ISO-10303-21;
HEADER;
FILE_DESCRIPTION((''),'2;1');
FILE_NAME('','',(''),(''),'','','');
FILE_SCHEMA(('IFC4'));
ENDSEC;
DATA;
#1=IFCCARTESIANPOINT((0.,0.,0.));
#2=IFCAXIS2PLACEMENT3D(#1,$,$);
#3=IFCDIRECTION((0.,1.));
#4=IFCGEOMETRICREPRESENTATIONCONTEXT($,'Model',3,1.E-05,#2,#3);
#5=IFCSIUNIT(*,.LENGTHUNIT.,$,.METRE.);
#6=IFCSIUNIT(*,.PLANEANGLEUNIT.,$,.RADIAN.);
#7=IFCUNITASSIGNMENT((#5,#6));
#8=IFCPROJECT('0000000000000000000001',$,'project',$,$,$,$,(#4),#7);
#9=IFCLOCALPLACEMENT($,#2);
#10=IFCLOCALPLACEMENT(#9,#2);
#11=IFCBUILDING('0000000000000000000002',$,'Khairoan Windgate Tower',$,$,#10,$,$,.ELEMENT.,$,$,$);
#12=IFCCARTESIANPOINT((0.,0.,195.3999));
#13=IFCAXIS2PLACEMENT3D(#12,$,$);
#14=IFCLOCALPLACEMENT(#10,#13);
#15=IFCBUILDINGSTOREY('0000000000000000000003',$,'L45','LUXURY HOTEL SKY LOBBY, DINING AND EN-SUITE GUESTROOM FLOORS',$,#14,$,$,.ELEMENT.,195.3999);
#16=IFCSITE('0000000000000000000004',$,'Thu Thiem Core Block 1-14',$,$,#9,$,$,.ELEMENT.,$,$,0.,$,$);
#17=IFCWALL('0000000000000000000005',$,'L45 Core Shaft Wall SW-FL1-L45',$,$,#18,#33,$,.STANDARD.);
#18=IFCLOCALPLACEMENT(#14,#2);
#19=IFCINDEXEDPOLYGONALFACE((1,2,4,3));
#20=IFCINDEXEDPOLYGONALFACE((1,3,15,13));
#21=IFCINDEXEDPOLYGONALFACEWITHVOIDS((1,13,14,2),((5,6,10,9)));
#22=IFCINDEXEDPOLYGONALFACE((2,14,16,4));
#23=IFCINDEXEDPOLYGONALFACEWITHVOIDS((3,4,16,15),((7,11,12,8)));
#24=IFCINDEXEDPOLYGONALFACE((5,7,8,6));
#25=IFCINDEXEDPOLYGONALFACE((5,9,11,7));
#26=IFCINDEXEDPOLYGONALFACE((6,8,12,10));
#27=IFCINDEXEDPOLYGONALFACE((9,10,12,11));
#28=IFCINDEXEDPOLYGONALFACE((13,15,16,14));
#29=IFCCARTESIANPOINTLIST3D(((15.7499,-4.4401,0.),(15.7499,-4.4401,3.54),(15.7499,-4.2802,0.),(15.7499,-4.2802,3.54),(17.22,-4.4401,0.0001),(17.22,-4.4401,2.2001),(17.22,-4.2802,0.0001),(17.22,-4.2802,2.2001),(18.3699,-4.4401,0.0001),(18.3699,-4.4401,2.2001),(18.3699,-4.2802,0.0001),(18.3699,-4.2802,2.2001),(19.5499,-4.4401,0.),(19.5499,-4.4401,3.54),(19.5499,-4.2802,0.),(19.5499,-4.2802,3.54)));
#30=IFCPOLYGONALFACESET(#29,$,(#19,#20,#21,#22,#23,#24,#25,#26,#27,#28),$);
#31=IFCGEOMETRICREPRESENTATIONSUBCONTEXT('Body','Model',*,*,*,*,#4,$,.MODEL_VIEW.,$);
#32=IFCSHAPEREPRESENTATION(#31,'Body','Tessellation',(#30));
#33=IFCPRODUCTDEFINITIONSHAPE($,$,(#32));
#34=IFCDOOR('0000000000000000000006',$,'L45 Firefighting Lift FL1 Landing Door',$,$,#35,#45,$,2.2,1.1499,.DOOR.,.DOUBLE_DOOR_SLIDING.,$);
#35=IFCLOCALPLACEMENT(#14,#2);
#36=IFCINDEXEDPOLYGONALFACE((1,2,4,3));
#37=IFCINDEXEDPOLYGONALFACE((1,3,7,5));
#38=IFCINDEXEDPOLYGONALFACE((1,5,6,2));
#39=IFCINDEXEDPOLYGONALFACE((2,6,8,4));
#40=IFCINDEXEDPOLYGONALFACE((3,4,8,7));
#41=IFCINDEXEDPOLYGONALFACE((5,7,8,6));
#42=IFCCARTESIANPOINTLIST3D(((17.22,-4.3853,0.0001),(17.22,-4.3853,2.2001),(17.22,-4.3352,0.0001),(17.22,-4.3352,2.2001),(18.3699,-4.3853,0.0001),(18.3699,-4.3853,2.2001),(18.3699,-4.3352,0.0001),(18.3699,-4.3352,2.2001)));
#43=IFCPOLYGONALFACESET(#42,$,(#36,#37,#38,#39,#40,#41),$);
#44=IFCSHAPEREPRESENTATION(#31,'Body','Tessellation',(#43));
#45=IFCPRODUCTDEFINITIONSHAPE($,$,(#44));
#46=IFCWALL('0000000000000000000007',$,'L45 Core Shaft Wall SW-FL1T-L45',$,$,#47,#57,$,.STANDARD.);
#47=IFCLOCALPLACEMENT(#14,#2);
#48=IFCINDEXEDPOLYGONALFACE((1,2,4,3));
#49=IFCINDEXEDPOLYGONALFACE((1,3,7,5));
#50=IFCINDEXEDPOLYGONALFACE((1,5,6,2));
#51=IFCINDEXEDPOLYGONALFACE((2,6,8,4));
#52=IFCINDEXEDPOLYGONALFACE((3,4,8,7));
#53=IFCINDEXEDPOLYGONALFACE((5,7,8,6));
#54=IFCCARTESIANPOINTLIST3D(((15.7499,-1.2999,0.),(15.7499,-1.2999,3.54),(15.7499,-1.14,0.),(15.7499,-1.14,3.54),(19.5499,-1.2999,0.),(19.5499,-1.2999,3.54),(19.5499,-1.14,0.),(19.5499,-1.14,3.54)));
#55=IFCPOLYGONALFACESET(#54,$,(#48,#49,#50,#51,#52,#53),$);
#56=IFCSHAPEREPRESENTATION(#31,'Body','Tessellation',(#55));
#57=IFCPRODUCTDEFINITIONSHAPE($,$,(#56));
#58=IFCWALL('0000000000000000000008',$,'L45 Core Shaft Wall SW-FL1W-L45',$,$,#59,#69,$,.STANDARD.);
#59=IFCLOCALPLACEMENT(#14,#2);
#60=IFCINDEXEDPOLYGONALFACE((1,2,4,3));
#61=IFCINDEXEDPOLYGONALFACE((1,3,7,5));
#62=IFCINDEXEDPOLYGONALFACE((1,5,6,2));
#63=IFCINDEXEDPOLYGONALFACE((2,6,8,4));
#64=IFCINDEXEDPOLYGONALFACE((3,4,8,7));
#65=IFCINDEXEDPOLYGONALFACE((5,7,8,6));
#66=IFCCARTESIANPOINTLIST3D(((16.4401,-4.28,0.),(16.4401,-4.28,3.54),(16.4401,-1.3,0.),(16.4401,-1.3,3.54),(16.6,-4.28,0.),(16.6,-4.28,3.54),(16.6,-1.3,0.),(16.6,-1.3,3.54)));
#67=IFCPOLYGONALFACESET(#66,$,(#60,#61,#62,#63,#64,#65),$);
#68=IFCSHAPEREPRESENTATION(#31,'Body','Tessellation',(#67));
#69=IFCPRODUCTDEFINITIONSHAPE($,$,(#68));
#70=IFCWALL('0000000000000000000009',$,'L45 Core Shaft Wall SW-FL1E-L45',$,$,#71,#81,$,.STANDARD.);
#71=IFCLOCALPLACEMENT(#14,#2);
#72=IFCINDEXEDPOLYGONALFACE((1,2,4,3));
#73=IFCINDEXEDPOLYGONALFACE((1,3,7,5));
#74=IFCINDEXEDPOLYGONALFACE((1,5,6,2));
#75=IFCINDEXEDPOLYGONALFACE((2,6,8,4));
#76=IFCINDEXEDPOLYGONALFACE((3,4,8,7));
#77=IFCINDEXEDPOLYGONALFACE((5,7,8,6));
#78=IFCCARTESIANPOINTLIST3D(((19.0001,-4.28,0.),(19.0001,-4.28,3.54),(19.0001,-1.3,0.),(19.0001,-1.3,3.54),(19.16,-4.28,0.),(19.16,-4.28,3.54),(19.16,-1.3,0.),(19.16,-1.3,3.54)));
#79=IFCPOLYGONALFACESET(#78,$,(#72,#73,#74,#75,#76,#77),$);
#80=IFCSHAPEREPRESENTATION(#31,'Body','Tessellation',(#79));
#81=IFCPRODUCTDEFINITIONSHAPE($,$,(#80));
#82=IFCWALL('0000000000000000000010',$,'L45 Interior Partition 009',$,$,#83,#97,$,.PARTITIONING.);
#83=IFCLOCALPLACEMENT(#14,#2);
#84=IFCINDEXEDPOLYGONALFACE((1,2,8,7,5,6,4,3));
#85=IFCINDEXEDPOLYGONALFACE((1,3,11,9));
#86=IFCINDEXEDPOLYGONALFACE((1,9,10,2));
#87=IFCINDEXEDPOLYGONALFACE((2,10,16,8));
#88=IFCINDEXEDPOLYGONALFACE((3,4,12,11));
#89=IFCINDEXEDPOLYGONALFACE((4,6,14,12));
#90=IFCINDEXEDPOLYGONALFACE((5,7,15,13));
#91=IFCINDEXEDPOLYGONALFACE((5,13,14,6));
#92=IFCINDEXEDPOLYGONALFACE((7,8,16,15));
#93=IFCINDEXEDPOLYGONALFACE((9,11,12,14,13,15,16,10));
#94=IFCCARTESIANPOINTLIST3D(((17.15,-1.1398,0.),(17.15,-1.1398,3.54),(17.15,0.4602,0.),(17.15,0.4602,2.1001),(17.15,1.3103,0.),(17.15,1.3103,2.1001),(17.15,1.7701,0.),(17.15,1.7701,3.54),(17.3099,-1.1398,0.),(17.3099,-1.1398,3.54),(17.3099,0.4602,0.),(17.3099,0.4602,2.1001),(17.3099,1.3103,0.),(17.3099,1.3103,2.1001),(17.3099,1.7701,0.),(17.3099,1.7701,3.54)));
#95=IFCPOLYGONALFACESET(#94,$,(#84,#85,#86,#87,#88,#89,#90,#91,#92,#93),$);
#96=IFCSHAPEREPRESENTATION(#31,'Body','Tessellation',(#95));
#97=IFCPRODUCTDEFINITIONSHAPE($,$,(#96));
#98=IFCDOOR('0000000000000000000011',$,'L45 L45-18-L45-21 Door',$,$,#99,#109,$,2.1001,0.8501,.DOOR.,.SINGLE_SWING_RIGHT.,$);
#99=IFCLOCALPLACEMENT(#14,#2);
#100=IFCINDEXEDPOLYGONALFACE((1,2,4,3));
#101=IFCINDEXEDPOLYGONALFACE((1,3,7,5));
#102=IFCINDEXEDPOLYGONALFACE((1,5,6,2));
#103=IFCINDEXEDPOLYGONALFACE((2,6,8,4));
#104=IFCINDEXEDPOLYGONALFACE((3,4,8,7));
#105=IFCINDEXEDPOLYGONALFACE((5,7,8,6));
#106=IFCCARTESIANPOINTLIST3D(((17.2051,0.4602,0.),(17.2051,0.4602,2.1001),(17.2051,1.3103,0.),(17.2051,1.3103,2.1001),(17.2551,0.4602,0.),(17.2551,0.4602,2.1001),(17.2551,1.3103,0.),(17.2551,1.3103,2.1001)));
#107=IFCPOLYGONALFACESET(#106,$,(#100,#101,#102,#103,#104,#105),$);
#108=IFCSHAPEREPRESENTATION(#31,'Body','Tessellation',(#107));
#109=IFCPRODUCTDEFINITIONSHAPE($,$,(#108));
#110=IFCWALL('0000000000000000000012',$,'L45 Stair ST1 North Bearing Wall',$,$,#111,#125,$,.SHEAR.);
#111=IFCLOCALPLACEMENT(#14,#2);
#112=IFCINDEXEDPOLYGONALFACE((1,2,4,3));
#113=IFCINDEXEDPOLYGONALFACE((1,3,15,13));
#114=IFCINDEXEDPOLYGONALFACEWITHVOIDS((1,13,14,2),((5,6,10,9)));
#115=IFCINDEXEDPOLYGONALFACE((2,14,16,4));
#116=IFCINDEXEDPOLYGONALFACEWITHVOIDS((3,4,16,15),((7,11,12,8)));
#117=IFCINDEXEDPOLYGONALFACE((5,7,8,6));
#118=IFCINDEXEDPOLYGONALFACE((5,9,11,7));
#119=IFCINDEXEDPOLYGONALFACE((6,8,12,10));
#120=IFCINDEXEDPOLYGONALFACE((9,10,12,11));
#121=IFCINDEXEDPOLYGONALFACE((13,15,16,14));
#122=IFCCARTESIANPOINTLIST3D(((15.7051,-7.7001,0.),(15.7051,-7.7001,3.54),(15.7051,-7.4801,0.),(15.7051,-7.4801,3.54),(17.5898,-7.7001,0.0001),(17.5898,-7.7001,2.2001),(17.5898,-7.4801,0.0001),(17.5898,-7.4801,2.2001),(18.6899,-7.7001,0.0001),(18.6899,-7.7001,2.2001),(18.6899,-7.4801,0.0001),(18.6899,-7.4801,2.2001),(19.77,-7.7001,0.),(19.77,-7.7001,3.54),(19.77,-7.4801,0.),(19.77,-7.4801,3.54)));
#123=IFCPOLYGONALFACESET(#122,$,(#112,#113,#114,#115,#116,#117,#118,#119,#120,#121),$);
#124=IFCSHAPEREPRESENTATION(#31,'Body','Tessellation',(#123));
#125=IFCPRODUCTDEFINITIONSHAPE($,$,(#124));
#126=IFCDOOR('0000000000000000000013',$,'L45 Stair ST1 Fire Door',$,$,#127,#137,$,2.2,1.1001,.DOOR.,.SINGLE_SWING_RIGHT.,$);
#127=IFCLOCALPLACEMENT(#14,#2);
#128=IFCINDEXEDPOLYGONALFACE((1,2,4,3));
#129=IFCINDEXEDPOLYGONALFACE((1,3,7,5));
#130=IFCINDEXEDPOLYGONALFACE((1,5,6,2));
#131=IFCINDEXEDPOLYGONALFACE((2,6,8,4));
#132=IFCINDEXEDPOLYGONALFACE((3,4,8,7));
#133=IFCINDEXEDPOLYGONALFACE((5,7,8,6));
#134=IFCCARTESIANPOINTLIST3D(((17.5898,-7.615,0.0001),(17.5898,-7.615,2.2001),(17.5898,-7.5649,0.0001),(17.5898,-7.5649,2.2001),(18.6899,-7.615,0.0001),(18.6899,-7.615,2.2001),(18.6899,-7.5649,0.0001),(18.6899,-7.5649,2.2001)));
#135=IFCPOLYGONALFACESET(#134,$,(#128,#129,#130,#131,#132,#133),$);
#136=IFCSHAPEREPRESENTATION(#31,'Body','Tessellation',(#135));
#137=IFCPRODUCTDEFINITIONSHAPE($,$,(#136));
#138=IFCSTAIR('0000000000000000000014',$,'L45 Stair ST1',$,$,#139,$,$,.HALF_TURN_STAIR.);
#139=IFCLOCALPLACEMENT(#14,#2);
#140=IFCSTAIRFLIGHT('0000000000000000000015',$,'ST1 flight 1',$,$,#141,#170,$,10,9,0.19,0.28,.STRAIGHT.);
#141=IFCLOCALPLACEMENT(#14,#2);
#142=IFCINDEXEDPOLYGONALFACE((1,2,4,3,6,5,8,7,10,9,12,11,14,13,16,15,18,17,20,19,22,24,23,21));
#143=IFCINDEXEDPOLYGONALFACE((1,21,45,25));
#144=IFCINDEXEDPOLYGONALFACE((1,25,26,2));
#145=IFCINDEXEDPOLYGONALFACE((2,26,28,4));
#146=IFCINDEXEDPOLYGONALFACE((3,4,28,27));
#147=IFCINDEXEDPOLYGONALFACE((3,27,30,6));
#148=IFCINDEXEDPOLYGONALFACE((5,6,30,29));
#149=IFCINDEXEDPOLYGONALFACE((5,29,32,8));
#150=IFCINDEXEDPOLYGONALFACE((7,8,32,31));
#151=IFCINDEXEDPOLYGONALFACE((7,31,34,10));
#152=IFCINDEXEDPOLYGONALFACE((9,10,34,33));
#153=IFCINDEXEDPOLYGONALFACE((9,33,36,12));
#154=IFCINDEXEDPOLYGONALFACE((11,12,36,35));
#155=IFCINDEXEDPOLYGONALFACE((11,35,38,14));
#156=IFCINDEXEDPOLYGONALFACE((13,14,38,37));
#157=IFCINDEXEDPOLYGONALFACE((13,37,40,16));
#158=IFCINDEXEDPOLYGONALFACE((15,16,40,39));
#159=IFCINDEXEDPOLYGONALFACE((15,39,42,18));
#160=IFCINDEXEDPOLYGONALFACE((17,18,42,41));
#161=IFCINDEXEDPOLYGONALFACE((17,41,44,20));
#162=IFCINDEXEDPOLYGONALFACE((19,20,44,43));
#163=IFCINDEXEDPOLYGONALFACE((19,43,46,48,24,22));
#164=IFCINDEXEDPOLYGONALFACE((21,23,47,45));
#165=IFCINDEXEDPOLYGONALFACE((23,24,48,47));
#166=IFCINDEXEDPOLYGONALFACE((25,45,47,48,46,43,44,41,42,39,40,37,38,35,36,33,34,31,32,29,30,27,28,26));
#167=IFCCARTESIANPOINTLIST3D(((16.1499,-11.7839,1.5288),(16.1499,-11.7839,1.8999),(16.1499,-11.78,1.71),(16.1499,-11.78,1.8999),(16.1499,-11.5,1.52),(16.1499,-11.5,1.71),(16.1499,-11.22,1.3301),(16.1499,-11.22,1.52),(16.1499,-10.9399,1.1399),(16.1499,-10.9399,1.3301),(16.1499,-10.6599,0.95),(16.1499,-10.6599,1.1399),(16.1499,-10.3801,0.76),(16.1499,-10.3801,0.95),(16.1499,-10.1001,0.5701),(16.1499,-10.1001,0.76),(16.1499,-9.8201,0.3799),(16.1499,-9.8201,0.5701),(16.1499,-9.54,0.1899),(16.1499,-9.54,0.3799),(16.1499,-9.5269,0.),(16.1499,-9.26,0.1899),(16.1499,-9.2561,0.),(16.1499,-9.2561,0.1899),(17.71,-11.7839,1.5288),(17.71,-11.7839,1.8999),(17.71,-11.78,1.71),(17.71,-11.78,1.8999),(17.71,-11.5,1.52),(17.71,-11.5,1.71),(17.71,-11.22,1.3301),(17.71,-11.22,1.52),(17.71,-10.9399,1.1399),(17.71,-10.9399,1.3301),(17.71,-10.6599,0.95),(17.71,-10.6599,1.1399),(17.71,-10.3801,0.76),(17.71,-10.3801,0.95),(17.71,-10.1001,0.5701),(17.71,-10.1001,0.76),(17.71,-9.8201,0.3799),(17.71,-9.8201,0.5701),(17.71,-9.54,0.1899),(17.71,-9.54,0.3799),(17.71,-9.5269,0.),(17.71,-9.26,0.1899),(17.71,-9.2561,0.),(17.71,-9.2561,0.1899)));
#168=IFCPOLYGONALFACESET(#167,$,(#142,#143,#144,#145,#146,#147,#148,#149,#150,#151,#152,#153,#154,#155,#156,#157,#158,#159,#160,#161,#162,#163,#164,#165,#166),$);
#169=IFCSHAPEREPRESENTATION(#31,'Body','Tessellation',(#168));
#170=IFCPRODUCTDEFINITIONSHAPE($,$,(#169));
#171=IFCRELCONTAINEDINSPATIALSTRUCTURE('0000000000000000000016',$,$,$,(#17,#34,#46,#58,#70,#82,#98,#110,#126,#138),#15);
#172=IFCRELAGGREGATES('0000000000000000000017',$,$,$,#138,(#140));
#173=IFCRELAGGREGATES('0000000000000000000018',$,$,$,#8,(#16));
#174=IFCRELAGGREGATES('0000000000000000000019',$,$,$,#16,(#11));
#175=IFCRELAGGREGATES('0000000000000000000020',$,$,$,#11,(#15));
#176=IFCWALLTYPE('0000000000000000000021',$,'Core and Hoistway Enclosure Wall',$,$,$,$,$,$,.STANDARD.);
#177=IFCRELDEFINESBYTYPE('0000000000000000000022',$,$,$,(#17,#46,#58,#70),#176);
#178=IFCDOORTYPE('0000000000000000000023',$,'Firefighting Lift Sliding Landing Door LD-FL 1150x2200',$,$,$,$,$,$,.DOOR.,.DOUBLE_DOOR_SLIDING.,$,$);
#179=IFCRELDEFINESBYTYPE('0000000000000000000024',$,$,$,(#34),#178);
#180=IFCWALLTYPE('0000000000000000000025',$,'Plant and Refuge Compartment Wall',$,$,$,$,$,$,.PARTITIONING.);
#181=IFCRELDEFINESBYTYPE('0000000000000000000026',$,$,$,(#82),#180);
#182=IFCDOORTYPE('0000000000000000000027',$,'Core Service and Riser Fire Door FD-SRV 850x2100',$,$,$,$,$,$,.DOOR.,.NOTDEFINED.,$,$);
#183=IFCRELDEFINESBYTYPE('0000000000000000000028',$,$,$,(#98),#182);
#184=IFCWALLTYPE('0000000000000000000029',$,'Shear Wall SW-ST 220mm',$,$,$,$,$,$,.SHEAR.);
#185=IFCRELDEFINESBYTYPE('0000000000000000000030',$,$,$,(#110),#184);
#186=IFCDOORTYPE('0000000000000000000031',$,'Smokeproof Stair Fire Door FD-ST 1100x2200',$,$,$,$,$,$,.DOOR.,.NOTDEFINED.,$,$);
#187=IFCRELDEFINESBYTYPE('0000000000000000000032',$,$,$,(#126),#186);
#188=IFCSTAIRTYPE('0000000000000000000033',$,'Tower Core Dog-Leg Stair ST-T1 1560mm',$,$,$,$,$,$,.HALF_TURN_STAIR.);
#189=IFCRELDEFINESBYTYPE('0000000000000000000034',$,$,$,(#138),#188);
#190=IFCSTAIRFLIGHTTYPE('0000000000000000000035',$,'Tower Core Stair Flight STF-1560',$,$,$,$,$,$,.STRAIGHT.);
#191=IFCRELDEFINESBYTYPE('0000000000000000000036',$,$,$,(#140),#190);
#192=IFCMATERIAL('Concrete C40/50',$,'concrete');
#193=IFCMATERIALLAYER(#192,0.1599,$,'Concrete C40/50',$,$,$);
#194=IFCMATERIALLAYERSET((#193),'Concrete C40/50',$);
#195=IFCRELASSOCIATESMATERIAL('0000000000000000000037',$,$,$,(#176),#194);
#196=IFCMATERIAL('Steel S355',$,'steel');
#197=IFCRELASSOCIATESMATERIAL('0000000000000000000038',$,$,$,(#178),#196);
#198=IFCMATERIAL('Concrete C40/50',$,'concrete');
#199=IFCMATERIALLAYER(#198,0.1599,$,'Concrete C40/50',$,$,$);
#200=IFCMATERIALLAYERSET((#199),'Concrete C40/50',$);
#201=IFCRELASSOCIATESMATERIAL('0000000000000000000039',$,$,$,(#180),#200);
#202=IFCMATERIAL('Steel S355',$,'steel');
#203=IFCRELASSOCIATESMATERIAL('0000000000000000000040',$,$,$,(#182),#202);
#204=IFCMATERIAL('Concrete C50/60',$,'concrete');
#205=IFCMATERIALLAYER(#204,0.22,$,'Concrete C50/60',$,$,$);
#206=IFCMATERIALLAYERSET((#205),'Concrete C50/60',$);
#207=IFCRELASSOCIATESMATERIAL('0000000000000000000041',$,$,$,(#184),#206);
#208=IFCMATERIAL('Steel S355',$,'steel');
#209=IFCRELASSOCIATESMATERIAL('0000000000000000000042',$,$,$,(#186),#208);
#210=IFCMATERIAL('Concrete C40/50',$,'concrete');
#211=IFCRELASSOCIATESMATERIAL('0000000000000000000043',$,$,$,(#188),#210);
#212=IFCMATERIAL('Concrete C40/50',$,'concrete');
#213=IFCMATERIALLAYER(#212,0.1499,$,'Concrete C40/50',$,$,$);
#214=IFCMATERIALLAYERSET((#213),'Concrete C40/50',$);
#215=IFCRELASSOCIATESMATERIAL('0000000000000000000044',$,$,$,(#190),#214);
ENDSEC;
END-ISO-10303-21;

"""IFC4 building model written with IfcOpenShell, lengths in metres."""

from ifc_helpers import new_model, si_unit, direction, frame, frame_2d, origin, place, context, subcontext, project, spatial, polyline, rectangle, outline, extrude, material, layer, layer_set, type_object, element, fill, aggregate, save


model = new_model("IFC4")

# Units and contexts
model_context = context("Model", 3, precision=1e-05, world=origin(), true_north=direction((0.0, 1.0)))
body_context = subcontext(model_context, "Body", "Model", "MODEL_VIEW")
ifc_project = project(units=[si_unit("LENGTHUNIT", "METRE"), si_unit("PLANEANGLEUNIT", "RADIAN")], contexts=[model_context])

# Site, building, storey
site_placement = place(None, origin())
site = spatial("IfcSite", under=ifc_project, at=site_placement, Name="Thu Thiem Core Block 1-14", CompositionType="ELEMENT", RefElevation=0.0)
building_placement = place(site_placement, origin())
building = spatial("IfcBuilding", under=site, at=building_placement, Name="Khairoan Windgate Tower", CompositionType="ELEMENT")
storey_placement = place(building_placement, frame((0.0, 0.0, 195.3999)))
storey = spatial("IfcBuildingStorey", under=building, at=storey_placement, Name="L45", Description="LUXURY HOTEL SKY LOBBY, DINING AND EN-SUITE GUESTROOM FLOORS", CompositionType="ELEMENT", Elevation=195.3999)

# Shared definitions
ifc_material_1 = material(Name="Concrete C40/50", Category="concrete")
ifc_layer_1 = layer(ifc_material_1, 0.1599, Name="Concrete C40/50")
ifc_layer_set_1 = layer_set([ifc_layer_1], Name="Concrete C40/50")
wall_type_1 = type_object("IfcWallType", Name="Core and Hoistway Enclosure Wall", PredefinedType="STANDARD", material=ifc_layer_set_1)

# Wall, opening, door
wall_1_placement = place(storey_placement, frame((15.75, -4.3601, 0.0), z_axis=(0.0, 0.0, 1.0), x_axis=(1.0, 0.0, 0.0)))
wall_1 = element("IfcWall", 1, at=wall_1_placement, inside=storey, type_object=wall_type_1, Name="L45 Core Shaft Wall SW-FL1-L45", PredefinedType="STANDARD", context=body_context, shape_type="SweptSolid", body=[
    extrude(rectangle(XDim=3.8, YDim=0.1599, at=frame_2d((1.8999, 0.0))), origin(), (0.0, 0.0, 1.0), 3.54),
])
opening_1_placement = place(wall_1_placement, frame((1.47, 0.0, 0.0)))
opening_1 = element("IfcOpeningElement", 2, at=opening_1_placement, cuts=wall_1, PredefinedType="OPENING", context=body_context, shape_type="SweptSolid", body=[
    extrude(rectangle(XDim=1.1499, YDim=2.2, at=frame_2d((0.575, 1.1001))), frame((0.0, 0.0898, 0.0), z_axis=(0.0, -1.0, 0.0), x_axis=(1.0, 0.0, 0.0)), (0.0, 0.0, 1.0), 0.1799),
])
ifc_material_2 = material(Name="Steel S355", Category="steel")
door_type_1 = type_object("IfcDoorType", Name="Firefighting Lift Sliding Landing Door LD-FL 1150x2200", OperationType="DOUBLE_DOOR_SLIDING", PredefinedType="DOOR", material=ifc_material_2)
door_1_placement = place(opening_1_placement, origin())
door_1 = element("IfcDoor", 3, at=door_1_placement, inside=storey, type_object=door_type_1, Name="L45 Firefighting Lift FL1 Landing Door", OperationType="DOUBLE_DOOR_SLIDING", OverallHeight=2.2, OverallWidth=1.1499, PredefinedType="DOOR", context=body_context, shape_type="SweptSolid", body=[
    extrude(rectangle(XDim=1.1499, YDim=2.2, at=frame_2d((0.575, 1.1001))), frame((0.0, 0.0249, 0.0), z_axis=(0.0, -1.0, 0.0), x_axis=(1.0, 0.0, 0.0)), (0.0, 0.0, 1.0), 0.05),
])
fill(opening_1, door_1)

# Walls
wall_2_placement = place(storey_placement, frame((15.75, -1.22, 0.0), z_axis=(0.0, 0.0, 1.0), x_axis=(1.0, 0.0, 0.0)))
element("IfcWall", 4, at=wall_2_placement, inside=storey, type_object=wall_type_1, Name="L45 Core Shaft Wall SW-FL1T-L45", PredefinedType="STANDARD", context=body_context, shape_type="SweptSolid", body=[
    extrude(rectangle(XDim=3.8, YDim=0.1599, at=frame_2d((1.8999, 0.0))), origin(), (0.0, 0.0, 1.0), 3.54),
])
for number, where, z_axis, x_axis, name in (
    (5, (16.52, -4.28, 0.0), (0.0, 0.0, 1.0), (0.0, 1.0, 0.0), "L45 Core Shaft Wall SW-FL1W-L45"),
    (6, (19.0801, -4.28, 0.0), (0.0, 0.0, 1.0), (0.0, 1.0, 0.0), "L45 Core Shaft Wall SW-FL1E-L45"),
):
    element("IfcWall", number, at=place(storey_placement, frame(where, z_axis=z_axis, x_axis=x_axis)), inside=storey, type_object=wall_type_1, Name=name, PredefinedType="STANDARD", context=body_context, shape_type="SweptSolid", body=[
        extrude(rectangle(XDim=2.98, YDim=0.1599, at=frame_2d((1.49, 0.0))), origin(), (0.0, 0.0, 1.0), 3.54),
    ])

# Walls, openings, doors
ifc_material_3 = material(Name="Concrete C40/50", Category="concrete")
ifc_layer_2 = layer(ifc_material_3, 0.1599, Name="Concrete C40/50")
ifc_layer_set_2 = layer_set([ifc_layer_2], Name="Concrete C40/50")
wall_type_2 = type_object("IfcWallType", Name="Plant and Refuge Compartment Wall", PredefinedType="PARTITIONING", material=ifc_layer_set_2)
wall_3_placement = place(storey_placement, frame((17.23, -1.1399, 0.0), z_axis=(0.0, 0.0, 1.0), x_axis=(0.0, 1.0, 0.0)))
wall_3 = element("IfcWall", 7, at=wall_3_placement, inside=storey, type_object=wall_type_2, Name="L45 Interior Partition 009", PredefinedType="PARTITIONING", context=body_context, shape_type="SweptSolid", body=[
    extrude(rectangle(XDim=2.9099, YDim=0.1599, at=frame_2d((1.4551, 0.0))), origin(), (0.0, 0.0, 1.0), 3.54),
])
opening_2_placement = place(wall_3_placement, frame((1.6001, 0.0, 0.0)))
opening_2 = element("IfcOpeningElement", 8, at=opening_2_placement, cuts=wall_3, PredefinedType="OPENING", context=body_context, shape_type="SweptSolid", body=[
    extrude(rectangle(XDim=0.8501, YDim=2.1001, at=frame_2d((0.425, 1.05))), frame((0.0, 0.0898, 0.0), z_axis=(0.0, -1.0, 0.0), x_axis=(1.0, 0.0, 0.0)), (0.0, 0.0, 1.0), 0.1799),
])
ifc_material_4 = material(Name="Steel S355", Category="steel")
door_type_2 = type_object("IfcDoorType", Name="Core Service and Riser Fire Door FD-SRV 850x2100", OperationType="NOTDEFINED", PredefinedType="DOOR", material=ifc_material_4)
door_2_placement = place(opening_2_placement, origin())
door_2 = element("IfcDoor", 9, at=door_2_placement, inside=storey, type_object=door_type_2, Name="L45 L45-18-L45-21 Door", OperationType="SINGLE_SWING_RIGHT", OverallHeight=2.1001, OverallWidth=0.8501, PredefinedType="DOOR", context=body_context, shape_type="SweptSolid", body=[
    extrude(rectangle(XDim=0.8501, YDim=2.1001, at=frame_2d((0.425, 1.05))), frame((0.0, 0.0249, 0.0), z_axis=(0.0, -1.0, 0.0), x_axis=(1.0, 0.0, 0.0)), (0.0, 0.0, 1.0), 0.05),
])
fill(opening_2, door_2)
ifc_material_5 = material(Name="Concrete C50/60", Category="concrete")
ifc_layer_3 = layer(ifc_material_5, 0.22, Name="Concrete C50/60")
ifc_layer_set_3 = layer_set([ifc_layer_3], Name="Concrete C50/60")
wall_type_3 = type_object("IfcWallType", Name="Shear Wall SW-ST 220mm", PredefinedType="SHEAR", material=ifc_layer_set_3)
wall_4_placement = place(storey_placement, frame((19.77, -7.5901, 0.0), z_axis=(0.0, 0.0, 1.0), x_axis=(-1.0, 0.0, 0.0)))
wall_4 = element("IfcWall", 10, at=wall_4_placement, inside=storey, type_object=wall_type_3, Name="L45 Stair ST1 North Bearing Wall", PredefinedType="SHEAR", context=body_context, shape_type="SweptSolid", body=[
    extrude(rectangle(XDim=4.0649, YDim=0.22, at=frame_2d((2.0325, 0.0))), origin(), (0.0, 0.0, 1.0), 3.54),
])
opening_3_placement = place(wall_4_placement, frame((1.0801, 0.0, 0.0)))
opening_3 = element("IfcOpeningElement", 11, at=opening_3_placement, cuts=wall_4, PredefinedType="OPENING", context=body_context, shape_type="SweptSolid", body=[
    extrude(rectangle(XDim=1.1001, YDim=2.2, at=frame_2d((0.55, 1.1001))), frame((0.0, 0.1199, 0.0), z_axis=(0.0, -1.0, 0.0), x_axis=(1.0, 0.0, 0.0)), (0.0, 0.0, 1.0), 0.24),
])
ifc_material_6 = material(Name="Steel S355", Category="steel")
door_type_3 = type_object("IfcDoorType", Name="Smokeproof Stair Fire Door FD-ST 1100x2200", OperationType="NOTDEFINED", PredefinedType="DOOR", material=ifc_material_6)
door_3_placement = place(opening_3_placement, origin())
door_3 = element("IfcDoor", 12, at=door_3_placement, inside=storey, type_object=door_type_3, Name="L45 Stair ST1 Fire Door", OperationType="SINGLE_SWING_RIGHT", OverallHeight=2.2, OverallWidth=1.1001, PredefinedType="DOOR", context=body_context, shape_type="SweptSolid", body=[
    extrude(rectangle(XDim=1.1001, YDim=2.2, at=frame_2d((0.55, 1.1001))), frame((0.0, 0.0249, 0.0), z_axis=(0.0, -1.0, 0.0), x_axis=(1.0, 0.0, 0.0)), (0.0, 0.0, 1.0), 0.05),
])
fill(opening_3, door_3)

# Stair, stair flight
ifc_material_7 = material(Name="Concrete C40/50", Category="concrete")
stair_type = type_object("IfcStairType", Name="Tower Core Dog-Leg Stair ST-T1 1560mm", PredefinedType="HALF_TURN_STAIR", material=ifc_material_7)
stair_placement = place(storey_placement, origin())
stair = element("IfcStair", 13, at=stair_placement, inside=storey, type_object=stair_type, Name="L45 Stair ST1", PredefinedType="HALF_TURN_STAIR")
ifc_material_8 = material(Name="Concrete C40/50", Category="concrete")
ifc_layer_4 = layer(ifc_material_8, 0.1499, Name="Concrete C40/50")
ifc_layer_set_4 = layer_set([ifc_layer_4], Name="Concrete C40/50")
stair_flight_type = type_object("IfcStairFlightType", Name="Tower Core Stair Flight STF-1560", PredefinedType="STRAIGHT", material=ifc_layer_set_4)
stair_flight_placement = place(storey_placement, frame((16.9299, -9.26, 0.0), z_axis=(0.0, 0.0, 1.0), x_axis=(0.0, -1.0, 0.0)))
stair_flight = element("IfcStairFlight", 14, at=stair_flight_placement, type_object=stair_flight_type, Name="ST1 flight 1", NumberOfRisers=10, NumberOfTreads=9, PredefinedType="STRAIGHT", RiserHeight=0.19, TreadLength=0.28, context=body_context, shape_type="SweptSolid", body=[
    extrude(outline(polyline([(-0.0039, 0.0), (-0.0039, 0.1899), (0.0, 0.1899), (0.28, 0.1899), (0.28, 0.3799), (0.5601, 0.3799), (0.5601, 0.5701), (0.8401, 0.5701), (0.8401, 0.76), (1.1201, 0.76), (1.1201, 0.95), (1.3999, 0.95), (1.3999, 1.1399), (1.6799, 1.1399), (1.6799, 1.3301), (1.96, 1.3301), (1.96, 1.52), (2.24, 1.52), (2.24, 1.71), (2.52, 1.71), (2.52, 1.8999), (2.5239, 1.8999), (2.5239, 1.5288), (0.2668, 0.0), (-0.0039, 0.0)])), frame((0.0, 0.78, 0.0), z_axis=(0.0, -1.0, 0.0), x_axis=(1.0, 0.0, 0.0)), (0.0, 0.0, 1.0), 1.5601),
])
aggregate(stair, [stair_flight])

save(model, "model.ifc")
